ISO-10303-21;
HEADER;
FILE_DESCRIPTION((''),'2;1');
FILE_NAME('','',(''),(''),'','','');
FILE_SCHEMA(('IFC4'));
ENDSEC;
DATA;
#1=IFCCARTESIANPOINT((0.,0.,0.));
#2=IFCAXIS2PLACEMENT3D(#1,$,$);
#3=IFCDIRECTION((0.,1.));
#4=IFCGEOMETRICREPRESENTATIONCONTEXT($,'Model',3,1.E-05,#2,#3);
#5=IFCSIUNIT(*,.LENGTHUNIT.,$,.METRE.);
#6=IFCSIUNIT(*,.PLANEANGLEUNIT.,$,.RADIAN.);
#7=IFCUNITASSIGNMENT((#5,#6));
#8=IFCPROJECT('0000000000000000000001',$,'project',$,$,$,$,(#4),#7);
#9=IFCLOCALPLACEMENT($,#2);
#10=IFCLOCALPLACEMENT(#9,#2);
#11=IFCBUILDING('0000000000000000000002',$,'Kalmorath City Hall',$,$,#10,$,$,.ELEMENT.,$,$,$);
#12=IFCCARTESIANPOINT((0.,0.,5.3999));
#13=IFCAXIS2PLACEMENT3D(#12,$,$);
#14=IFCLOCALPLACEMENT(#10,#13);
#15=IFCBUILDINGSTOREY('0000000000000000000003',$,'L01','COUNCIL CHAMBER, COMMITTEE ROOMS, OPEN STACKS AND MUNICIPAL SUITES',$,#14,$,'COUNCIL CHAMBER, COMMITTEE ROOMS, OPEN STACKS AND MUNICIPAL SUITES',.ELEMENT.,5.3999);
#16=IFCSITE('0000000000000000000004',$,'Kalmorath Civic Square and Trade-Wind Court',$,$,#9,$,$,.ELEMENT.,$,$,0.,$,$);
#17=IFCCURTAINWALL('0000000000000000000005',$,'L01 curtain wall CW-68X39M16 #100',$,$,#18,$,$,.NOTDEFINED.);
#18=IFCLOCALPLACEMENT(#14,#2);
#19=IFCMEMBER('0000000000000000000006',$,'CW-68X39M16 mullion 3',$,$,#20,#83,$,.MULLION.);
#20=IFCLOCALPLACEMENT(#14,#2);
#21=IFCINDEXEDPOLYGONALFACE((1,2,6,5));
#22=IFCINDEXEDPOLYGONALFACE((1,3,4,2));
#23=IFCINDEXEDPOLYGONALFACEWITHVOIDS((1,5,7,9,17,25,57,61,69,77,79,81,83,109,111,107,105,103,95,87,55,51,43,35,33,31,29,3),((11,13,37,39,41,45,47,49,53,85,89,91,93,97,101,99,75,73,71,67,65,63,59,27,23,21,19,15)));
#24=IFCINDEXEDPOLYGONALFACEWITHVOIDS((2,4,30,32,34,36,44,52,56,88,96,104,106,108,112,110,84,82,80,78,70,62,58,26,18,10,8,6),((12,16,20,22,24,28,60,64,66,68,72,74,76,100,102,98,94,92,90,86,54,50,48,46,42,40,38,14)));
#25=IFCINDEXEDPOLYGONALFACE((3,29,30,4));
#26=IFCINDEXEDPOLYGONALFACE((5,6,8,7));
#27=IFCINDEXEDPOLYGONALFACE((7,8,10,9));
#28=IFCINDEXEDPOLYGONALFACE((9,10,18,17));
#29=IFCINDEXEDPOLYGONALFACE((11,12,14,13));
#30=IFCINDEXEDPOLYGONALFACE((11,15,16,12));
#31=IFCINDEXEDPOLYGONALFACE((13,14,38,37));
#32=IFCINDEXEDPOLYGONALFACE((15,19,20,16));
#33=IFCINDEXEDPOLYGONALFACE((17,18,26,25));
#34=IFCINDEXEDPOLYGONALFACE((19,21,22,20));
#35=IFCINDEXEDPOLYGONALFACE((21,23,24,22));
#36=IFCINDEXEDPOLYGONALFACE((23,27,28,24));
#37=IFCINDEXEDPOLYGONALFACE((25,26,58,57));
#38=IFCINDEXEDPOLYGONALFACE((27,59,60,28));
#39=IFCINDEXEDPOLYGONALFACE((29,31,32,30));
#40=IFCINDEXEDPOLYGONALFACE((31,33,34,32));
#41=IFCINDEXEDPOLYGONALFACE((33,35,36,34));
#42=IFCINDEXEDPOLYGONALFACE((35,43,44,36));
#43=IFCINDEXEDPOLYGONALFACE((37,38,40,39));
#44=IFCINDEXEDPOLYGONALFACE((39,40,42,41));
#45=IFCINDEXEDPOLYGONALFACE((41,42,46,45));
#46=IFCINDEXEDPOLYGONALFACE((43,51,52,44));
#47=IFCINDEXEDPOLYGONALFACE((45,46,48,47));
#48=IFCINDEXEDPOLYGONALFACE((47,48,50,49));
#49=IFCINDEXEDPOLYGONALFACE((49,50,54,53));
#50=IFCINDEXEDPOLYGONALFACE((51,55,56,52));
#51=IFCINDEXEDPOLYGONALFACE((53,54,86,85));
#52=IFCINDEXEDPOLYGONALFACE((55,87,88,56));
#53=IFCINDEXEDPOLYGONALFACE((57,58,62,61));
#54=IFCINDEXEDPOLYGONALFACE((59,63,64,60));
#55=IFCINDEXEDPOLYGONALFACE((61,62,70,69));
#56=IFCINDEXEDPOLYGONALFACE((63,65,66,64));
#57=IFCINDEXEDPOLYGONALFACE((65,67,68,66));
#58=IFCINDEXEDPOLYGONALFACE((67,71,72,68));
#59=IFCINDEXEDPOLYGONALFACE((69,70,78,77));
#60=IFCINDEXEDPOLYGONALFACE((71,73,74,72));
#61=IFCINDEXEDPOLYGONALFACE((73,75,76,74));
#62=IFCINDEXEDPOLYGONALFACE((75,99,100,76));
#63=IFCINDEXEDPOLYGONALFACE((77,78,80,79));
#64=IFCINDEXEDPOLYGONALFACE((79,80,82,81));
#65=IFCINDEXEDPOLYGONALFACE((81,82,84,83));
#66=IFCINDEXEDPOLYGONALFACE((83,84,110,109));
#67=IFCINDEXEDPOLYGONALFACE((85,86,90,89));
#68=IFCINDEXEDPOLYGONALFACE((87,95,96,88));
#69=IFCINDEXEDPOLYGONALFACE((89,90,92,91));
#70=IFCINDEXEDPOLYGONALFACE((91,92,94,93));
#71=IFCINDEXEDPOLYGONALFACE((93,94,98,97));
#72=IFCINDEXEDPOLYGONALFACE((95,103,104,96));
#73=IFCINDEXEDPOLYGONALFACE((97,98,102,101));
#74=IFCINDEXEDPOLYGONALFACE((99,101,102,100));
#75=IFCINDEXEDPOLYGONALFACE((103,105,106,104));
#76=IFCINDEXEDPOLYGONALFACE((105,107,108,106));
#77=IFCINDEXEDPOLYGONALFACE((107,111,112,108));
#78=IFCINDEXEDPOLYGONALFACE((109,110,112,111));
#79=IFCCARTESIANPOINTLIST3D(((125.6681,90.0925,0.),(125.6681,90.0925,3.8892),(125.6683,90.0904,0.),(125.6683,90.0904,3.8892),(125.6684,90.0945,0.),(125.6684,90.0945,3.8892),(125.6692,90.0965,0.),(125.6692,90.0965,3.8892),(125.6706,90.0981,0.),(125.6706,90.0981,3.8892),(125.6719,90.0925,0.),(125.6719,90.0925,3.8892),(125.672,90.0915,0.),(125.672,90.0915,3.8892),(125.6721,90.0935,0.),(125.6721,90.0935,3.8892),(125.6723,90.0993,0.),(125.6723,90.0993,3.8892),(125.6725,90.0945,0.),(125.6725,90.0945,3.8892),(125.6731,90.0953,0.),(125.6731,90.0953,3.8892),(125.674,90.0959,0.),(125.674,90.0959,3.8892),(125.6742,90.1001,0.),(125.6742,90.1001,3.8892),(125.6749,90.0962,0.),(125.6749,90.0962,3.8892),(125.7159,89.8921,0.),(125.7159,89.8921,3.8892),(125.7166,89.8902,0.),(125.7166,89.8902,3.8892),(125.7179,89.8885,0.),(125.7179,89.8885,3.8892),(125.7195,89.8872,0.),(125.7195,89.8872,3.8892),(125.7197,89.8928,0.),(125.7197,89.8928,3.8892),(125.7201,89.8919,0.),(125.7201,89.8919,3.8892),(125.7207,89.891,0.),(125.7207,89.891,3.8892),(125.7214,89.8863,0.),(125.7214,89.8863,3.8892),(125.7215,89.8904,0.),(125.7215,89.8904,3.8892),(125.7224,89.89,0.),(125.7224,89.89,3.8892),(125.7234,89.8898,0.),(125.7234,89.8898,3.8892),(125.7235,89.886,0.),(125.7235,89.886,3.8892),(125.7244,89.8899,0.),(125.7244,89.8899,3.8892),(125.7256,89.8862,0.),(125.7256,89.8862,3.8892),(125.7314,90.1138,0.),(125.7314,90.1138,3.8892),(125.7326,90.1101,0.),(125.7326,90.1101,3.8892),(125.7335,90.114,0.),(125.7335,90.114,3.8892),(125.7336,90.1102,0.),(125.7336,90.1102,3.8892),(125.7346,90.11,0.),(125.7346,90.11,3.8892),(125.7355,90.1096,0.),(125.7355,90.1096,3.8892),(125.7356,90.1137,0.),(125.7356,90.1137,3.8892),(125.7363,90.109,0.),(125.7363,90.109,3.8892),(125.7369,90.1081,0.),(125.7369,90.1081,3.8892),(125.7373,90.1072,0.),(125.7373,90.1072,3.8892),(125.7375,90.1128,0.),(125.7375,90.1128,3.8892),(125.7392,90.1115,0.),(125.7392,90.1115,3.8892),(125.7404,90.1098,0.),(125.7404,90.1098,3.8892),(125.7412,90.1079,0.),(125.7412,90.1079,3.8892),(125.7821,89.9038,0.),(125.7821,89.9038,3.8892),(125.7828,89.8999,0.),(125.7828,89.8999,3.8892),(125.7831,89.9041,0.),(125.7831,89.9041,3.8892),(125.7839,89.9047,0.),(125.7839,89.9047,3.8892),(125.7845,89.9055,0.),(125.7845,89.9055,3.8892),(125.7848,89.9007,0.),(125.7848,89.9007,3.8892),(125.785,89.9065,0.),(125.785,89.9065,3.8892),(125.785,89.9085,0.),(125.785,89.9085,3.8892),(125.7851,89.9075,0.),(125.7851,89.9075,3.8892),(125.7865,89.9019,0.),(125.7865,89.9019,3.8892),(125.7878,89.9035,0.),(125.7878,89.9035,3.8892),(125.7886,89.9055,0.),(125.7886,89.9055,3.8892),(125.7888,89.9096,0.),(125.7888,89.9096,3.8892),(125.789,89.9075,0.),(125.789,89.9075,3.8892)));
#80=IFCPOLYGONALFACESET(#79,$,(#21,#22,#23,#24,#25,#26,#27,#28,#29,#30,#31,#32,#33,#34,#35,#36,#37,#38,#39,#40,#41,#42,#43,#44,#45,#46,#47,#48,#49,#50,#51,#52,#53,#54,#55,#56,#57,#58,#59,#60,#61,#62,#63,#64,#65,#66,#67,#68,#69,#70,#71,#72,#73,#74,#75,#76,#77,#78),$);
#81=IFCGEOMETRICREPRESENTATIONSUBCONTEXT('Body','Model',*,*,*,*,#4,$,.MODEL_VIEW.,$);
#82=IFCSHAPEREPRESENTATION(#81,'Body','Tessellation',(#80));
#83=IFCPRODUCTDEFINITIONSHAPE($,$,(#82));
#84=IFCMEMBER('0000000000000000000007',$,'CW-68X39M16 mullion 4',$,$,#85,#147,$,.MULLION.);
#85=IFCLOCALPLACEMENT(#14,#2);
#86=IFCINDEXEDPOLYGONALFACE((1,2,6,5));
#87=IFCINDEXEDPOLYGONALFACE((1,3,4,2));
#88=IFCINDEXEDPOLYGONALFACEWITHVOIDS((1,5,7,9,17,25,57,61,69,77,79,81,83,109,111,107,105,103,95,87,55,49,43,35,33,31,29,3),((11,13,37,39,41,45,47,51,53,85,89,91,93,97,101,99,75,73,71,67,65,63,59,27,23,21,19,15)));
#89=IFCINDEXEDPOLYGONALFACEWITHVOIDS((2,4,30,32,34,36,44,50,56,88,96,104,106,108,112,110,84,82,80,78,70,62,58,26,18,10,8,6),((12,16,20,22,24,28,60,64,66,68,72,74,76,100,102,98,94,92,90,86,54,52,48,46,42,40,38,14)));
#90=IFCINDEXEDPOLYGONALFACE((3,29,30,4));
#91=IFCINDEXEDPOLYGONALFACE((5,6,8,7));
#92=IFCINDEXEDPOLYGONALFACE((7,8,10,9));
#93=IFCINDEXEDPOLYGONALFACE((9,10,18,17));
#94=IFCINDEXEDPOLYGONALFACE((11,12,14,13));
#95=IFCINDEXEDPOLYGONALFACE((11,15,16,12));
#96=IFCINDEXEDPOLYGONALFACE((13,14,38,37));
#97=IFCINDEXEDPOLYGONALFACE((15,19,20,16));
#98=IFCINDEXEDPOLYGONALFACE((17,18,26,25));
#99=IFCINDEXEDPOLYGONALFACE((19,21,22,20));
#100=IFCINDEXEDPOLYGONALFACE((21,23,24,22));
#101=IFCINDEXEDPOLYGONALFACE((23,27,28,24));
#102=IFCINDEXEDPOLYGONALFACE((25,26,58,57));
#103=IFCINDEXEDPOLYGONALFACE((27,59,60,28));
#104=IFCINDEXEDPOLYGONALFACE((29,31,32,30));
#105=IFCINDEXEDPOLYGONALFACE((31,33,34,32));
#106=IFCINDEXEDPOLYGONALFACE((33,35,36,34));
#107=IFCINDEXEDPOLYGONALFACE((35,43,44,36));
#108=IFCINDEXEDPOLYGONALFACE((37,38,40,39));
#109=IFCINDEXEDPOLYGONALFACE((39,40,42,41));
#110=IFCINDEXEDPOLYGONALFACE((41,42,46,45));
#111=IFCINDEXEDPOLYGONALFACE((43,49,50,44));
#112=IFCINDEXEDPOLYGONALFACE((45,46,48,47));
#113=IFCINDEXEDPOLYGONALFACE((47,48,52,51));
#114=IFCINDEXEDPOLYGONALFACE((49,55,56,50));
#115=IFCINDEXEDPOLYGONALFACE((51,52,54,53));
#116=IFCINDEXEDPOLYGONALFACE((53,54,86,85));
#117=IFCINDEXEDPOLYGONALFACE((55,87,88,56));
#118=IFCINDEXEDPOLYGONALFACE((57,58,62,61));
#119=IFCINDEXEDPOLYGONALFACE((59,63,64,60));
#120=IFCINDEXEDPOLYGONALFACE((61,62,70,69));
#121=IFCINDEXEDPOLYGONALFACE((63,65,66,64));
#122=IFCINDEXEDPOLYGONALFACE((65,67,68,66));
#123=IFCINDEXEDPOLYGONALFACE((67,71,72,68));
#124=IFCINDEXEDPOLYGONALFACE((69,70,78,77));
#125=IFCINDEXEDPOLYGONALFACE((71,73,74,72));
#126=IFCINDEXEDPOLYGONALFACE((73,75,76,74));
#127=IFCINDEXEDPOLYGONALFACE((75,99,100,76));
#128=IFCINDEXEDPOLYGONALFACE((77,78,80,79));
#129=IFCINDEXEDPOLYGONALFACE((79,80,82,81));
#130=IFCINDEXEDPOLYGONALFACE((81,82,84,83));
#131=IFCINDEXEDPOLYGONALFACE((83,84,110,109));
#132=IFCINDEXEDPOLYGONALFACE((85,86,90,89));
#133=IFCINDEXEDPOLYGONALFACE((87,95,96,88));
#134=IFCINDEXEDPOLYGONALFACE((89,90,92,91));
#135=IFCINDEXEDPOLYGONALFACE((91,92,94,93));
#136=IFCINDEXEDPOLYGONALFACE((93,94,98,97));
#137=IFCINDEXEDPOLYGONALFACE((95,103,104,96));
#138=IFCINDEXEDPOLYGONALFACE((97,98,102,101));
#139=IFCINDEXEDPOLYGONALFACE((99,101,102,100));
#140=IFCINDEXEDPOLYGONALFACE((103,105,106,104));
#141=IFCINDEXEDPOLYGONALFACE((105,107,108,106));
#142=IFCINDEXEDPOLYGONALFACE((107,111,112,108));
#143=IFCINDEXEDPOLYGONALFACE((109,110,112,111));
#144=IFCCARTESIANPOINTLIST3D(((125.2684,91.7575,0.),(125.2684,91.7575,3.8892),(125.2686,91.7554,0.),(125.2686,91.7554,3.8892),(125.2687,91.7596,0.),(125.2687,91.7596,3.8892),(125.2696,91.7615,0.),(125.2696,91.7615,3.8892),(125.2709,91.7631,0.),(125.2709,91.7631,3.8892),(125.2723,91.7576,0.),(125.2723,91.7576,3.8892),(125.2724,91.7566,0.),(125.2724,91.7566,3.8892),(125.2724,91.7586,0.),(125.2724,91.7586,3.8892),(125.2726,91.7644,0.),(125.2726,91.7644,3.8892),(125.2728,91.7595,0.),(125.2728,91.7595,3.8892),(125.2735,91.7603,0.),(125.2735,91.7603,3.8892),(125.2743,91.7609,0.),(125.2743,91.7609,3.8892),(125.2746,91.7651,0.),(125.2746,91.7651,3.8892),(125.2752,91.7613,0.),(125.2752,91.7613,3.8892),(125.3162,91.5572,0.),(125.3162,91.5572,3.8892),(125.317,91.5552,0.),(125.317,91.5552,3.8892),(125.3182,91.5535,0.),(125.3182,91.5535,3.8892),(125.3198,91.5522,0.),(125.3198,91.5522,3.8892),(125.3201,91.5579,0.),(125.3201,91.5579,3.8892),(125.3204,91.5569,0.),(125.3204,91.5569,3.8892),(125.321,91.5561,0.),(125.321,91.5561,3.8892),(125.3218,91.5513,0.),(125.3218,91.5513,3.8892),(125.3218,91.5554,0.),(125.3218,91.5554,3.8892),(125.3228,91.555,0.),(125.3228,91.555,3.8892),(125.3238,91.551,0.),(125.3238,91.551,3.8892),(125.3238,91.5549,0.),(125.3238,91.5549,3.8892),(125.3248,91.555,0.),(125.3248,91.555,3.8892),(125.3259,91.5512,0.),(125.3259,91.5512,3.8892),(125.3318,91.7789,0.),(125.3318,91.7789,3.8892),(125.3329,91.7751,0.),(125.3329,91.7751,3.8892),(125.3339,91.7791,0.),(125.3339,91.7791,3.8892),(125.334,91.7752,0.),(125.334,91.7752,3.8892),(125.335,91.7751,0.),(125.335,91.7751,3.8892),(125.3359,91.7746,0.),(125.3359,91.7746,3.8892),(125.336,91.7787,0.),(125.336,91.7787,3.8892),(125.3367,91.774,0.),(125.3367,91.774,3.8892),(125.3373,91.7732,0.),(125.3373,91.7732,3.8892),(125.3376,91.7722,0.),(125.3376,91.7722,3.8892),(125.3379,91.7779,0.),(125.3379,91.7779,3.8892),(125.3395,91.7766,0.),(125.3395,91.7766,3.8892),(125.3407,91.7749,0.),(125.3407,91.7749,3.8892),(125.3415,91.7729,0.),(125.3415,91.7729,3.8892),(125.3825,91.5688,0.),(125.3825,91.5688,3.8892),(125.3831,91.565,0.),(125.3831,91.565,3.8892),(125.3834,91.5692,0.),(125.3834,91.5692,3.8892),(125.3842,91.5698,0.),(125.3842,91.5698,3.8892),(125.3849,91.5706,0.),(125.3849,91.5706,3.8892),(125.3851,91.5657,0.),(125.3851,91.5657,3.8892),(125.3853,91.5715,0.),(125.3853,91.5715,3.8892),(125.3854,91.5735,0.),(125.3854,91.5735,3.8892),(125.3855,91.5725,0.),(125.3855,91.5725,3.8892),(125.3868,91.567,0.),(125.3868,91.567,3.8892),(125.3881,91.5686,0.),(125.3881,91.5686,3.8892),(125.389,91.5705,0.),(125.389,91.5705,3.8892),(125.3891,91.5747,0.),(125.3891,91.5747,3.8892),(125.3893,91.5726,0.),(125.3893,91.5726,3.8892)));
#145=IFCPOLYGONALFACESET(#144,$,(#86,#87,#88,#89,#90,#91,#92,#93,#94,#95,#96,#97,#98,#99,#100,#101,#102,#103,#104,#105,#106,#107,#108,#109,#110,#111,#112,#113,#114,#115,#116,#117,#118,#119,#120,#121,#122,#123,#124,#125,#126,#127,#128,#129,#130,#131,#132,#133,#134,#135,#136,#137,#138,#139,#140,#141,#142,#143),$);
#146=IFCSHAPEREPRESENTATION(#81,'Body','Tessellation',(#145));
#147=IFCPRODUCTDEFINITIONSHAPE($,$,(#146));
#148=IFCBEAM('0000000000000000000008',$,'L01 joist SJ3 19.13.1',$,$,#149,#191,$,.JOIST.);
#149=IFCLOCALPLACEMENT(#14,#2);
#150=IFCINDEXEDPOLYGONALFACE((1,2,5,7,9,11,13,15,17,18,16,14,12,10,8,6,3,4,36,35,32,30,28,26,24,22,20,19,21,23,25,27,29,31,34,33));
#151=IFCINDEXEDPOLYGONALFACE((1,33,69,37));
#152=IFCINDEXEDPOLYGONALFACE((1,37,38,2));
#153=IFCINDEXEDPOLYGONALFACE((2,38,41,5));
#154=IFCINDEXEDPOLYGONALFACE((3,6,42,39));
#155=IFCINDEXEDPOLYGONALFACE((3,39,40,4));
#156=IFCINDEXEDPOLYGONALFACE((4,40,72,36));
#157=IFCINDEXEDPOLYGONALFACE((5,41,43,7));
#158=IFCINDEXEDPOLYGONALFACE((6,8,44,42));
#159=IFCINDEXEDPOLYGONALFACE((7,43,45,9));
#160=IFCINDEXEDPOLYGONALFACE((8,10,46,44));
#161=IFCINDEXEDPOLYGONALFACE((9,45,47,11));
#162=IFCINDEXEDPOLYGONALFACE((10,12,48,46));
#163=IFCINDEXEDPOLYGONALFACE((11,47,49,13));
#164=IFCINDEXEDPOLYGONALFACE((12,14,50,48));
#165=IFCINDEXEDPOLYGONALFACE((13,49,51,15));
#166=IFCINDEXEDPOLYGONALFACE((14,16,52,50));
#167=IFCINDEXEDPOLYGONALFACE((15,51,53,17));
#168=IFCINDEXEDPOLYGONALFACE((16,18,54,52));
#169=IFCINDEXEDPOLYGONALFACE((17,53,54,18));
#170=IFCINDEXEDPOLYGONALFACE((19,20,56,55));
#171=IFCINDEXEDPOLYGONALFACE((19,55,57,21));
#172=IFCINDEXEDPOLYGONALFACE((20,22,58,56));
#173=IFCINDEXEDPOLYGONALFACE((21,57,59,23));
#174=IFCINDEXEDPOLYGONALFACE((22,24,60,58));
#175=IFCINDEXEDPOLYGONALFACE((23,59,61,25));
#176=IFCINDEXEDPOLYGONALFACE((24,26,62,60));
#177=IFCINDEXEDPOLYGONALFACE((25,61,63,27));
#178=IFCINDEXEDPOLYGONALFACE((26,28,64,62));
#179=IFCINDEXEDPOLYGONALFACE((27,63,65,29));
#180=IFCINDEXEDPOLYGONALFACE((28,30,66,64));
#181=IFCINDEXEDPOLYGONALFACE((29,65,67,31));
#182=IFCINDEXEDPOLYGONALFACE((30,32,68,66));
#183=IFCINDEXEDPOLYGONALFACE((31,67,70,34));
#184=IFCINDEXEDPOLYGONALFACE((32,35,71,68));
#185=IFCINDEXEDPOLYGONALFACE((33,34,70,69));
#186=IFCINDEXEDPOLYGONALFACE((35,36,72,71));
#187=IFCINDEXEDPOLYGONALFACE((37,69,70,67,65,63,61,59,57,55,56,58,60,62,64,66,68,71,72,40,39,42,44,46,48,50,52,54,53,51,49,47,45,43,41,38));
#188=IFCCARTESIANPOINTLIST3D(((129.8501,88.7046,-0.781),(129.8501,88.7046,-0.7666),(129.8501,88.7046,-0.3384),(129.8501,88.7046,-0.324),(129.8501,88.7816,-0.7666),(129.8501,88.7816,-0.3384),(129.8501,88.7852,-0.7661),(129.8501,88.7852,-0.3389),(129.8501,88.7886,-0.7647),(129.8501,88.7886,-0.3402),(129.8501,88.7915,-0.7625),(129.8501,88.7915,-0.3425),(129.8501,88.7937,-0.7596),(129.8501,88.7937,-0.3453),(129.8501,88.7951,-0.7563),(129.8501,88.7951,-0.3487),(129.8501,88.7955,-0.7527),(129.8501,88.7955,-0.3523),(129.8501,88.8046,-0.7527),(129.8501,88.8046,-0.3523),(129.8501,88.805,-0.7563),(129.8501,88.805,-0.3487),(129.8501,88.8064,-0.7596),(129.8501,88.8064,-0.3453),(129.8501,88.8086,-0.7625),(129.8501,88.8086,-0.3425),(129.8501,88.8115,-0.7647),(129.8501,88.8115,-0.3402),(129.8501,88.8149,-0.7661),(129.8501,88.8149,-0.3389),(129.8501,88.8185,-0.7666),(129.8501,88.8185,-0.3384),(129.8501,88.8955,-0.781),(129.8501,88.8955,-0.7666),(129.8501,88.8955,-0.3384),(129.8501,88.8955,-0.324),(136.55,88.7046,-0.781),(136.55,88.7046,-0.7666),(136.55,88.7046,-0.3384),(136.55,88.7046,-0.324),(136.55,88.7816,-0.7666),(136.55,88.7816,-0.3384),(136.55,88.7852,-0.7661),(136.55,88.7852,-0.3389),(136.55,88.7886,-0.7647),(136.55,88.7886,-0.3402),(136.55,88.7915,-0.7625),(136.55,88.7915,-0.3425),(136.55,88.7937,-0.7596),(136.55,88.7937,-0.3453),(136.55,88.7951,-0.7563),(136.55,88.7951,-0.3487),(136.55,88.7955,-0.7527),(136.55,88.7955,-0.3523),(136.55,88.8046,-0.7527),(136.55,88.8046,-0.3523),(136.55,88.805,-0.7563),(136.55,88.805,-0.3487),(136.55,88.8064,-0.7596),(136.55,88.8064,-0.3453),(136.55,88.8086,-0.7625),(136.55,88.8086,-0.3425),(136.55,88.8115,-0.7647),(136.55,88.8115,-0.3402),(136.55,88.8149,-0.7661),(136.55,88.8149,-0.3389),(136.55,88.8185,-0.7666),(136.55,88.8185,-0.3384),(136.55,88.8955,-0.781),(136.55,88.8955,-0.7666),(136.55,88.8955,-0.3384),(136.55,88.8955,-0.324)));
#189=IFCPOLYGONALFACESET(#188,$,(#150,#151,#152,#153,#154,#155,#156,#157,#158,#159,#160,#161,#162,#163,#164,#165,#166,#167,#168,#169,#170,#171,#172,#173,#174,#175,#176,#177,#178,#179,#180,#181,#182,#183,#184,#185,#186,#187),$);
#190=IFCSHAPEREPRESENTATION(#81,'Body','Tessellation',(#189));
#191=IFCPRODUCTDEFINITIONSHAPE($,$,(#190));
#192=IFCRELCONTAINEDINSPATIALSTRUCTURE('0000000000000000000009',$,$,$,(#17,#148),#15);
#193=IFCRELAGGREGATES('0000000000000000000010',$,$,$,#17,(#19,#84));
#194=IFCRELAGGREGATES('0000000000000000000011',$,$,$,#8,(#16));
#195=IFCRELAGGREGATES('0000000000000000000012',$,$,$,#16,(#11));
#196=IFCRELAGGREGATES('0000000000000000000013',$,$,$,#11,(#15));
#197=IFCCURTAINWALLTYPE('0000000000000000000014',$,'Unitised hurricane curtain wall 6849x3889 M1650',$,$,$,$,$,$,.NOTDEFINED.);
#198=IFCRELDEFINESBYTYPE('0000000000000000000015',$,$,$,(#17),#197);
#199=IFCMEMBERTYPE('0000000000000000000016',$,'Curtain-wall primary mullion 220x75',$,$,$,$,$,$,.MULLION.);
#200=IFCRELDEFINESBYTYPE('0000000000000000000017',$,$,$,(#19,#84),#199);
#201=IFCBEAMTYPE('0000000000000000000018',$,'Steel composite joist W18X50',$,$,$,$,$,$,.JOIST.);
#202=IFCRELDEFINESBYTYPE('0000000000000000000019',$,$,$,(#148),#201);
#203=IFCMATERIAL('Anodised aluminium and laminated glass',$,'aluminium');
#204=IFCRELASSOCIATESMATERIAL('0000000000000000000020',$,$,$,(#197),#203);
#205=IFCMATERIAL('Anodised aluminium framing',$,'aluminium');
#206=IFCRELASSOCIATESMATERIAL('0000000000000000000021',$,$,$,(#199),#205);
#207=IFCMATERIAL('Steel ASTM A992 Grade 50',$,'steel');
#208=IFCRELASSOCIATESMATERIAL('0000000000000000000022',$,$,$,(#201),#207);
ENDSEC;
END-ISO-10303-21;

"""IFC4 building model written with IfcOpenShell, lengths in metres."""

from ifc_helpers import new_model, si_unit, direction, frame, origin, origin_2d, place, context, subcontext, project, spatial, hollow_rectangle, i_section, extrude, material, material_profile, profile_set, type_object, element, aggregate, save


model = new_model("IFC4")

# Units and contexts
model_context = context("Model", 3, precision=1e-05, world=origin(), true_north=direction((0.0, 1.0)))
body_context = subcontext(model_context, "Body", "Model", "MODEL_VIEW")
ifc_project = project(units=[si_unit("LENGTHUNIT", "METRE"), si_unit("PLANEANGLEUNIT", "RADIAN")], contexts=[model_context])

# Site, building, storey
site_placement = place(None, origin())
site = spatial("IfcSite", under=ifc_project, at=site_placement, Name="Kalmorath Civic Square and Trade-Wind Court", CompositionType="ELEMENT", RefElevation=0.0)
building_placement = place(site_placement, origin())
building = spatial("IfcBuilding", under=site, at=building_placement, Name="Kalmorath City Hall", CompositionType="ELEMENT")
storey_placement = place(building_placement, frame((0.0, 0.0, 5.3999)))
storey = spatial("IfcBuildingStorey", under=building, at=storey_placement, Name="L01", Description="COUNCIL CHAMBER, COMMITTEE ROOMS, OPEN STACKS AND MUNICIPAL SUITES", LongName="COUNCIL CHAMBER, COMMITTEE ROOMS, OPEN STACKS AND MUNICIPAL SUITES", CompositionType="ELEMENT", Elevation=5.3999)

# Curtain wall, members
ifc_material_1 = material(Name="Anodised aluminium and laminated glass", Category="aluminium")
curtain_wall_type = type_object("IfcCurtainWallType", Name="Unitised hurricane curtain wall 6849x3889 M1650", PredefinedType="NOTDEFINED", material=ifc_material_1)
curtain_wall_placement = place(storey_placement, origin())
curtain_wall = element("IfcCurtainWall", 1, at=curtain_wall_placement, inside=storey, type_object=curtain_wall_type, Name="L01 curtain wall CW-68X39M16 #100", PredefinedType="NOTDEFINED")
ifc_material_2 = material(Name="Anodised aluminium framing", Category="aluminium")
ifc_material_profile_1 = material_profile(ifc_material_2, hollow_rectangle(XDim=0.075, YDim=0.22, WallThickness=0.0039, InnerFilletRadius=0.0039, OuterFilletRadius=0.0081, at=origin_2d()), Name="ALU-MUL-220X75X4")
ifc_profile_set_1 = profile_set([ifc_material_profile_1], Name="Anodised aluminium framing")
member_type_1 = type_object("IfcMemberType", Name="Curtain-wall primary mullion 220x75", PredefinedType="MULLION", material=ifc_profile_set_1)
member_1_placement = place(storey_placement, frame((125.7285, 90.0, 0.0), z_axis=(0.0, 0.0, 1.0), x_axis=(-0.972367, -0.233456, 0.0)))
member_1 = element("IfcMember", 2, at=member_1_placement, type_object=member_type_1, Name="CW-68X39M16 mullion 3", PredefinedType="MULLION", context=body_context, shape_type="SweptSolid", body=[
    extrude(hollow_rectangle(XDim=0.075, YDim=0.22, WallThickness=0.0039, InnerFilletRadius=0.0039, OuterFilletRadius=0.0081, at=origin_2d()), origin(), (0.0, 0.0, 1.0), 3.8892),
])
member_2_placement = place(storey_placement, frame((125.3289, 91.665, 0.0), z_axis=(0.0, 0.0, 1.0), x_axis=(-0.972367, -0.233456, 0.0)))
member_2 = element("IfcMember", 3, at=member_2_placement, type_object=member_type_1, Name="CW-68X39M16 mullion 4", PredefinedType="MULLION", context=body_context, shape_type="SweptSolid", body=[
    extrude(hollow_rectangle(XDim=0.075, YDim=0.22, WallThickness=0.0039, InnerFilletRadius=0.0039, OuterFilletRadius=0.0081, at=origin_2d()), origin(), (0.0, 0.0, 1.0), 3.8892),
])

# Beam
ifc_material_3 = material(Name="Steel ASTM A992 Grade 50", Category="steel")
ifc_material_profile_2 = material_profile(ifc_material_3, i_section(OverallWidth=0.1909, OverallDepth=0.457, WebThickness=0.009, FlangeThickness=0.0144, FilletRadius=0.0139, at=origin_2d()), Name="W18X50")
ifc_profile_set_2 = profile_set([ifc_material_profile_2], Name="Steel ASTM A992 Grade 50")
beam_type = type_object("IfcBeamType", Name="Steel composite joist W18X50", PredefinedType="JOIST", material=ifc_profile_set_2)
for number, where, z_axis, x_axis, name in (
    (4, (129.8501, 88.8, -0.5525), (1.0, 0.0, 0.0), (0.0, 1.0, 0.0), "L01 joist SJ3 19.13.1"),
):
    element("IfcBeam", number, at=place(storey_placement, frame(where, z_axis=z_axis, x_axis=x_axis)), inside=storey, type_object=beam_type, Name=name, PredefinedType="JOIST", context=body_context, shape_type="SweptSolid", body=[
        extrude(i_section(OverallWidth=0.1909, OverallDepth=0.457, WebThickness=0.009, FlangeThickness=0.0144, FilletRadius=0.0139, at=origin_2d()), origin(), (0.0, 0.0, 1.0), 6.7),
    ])

aggregate(curtain_wall, [member_1, member_2])

save(model, "model.ifc")
